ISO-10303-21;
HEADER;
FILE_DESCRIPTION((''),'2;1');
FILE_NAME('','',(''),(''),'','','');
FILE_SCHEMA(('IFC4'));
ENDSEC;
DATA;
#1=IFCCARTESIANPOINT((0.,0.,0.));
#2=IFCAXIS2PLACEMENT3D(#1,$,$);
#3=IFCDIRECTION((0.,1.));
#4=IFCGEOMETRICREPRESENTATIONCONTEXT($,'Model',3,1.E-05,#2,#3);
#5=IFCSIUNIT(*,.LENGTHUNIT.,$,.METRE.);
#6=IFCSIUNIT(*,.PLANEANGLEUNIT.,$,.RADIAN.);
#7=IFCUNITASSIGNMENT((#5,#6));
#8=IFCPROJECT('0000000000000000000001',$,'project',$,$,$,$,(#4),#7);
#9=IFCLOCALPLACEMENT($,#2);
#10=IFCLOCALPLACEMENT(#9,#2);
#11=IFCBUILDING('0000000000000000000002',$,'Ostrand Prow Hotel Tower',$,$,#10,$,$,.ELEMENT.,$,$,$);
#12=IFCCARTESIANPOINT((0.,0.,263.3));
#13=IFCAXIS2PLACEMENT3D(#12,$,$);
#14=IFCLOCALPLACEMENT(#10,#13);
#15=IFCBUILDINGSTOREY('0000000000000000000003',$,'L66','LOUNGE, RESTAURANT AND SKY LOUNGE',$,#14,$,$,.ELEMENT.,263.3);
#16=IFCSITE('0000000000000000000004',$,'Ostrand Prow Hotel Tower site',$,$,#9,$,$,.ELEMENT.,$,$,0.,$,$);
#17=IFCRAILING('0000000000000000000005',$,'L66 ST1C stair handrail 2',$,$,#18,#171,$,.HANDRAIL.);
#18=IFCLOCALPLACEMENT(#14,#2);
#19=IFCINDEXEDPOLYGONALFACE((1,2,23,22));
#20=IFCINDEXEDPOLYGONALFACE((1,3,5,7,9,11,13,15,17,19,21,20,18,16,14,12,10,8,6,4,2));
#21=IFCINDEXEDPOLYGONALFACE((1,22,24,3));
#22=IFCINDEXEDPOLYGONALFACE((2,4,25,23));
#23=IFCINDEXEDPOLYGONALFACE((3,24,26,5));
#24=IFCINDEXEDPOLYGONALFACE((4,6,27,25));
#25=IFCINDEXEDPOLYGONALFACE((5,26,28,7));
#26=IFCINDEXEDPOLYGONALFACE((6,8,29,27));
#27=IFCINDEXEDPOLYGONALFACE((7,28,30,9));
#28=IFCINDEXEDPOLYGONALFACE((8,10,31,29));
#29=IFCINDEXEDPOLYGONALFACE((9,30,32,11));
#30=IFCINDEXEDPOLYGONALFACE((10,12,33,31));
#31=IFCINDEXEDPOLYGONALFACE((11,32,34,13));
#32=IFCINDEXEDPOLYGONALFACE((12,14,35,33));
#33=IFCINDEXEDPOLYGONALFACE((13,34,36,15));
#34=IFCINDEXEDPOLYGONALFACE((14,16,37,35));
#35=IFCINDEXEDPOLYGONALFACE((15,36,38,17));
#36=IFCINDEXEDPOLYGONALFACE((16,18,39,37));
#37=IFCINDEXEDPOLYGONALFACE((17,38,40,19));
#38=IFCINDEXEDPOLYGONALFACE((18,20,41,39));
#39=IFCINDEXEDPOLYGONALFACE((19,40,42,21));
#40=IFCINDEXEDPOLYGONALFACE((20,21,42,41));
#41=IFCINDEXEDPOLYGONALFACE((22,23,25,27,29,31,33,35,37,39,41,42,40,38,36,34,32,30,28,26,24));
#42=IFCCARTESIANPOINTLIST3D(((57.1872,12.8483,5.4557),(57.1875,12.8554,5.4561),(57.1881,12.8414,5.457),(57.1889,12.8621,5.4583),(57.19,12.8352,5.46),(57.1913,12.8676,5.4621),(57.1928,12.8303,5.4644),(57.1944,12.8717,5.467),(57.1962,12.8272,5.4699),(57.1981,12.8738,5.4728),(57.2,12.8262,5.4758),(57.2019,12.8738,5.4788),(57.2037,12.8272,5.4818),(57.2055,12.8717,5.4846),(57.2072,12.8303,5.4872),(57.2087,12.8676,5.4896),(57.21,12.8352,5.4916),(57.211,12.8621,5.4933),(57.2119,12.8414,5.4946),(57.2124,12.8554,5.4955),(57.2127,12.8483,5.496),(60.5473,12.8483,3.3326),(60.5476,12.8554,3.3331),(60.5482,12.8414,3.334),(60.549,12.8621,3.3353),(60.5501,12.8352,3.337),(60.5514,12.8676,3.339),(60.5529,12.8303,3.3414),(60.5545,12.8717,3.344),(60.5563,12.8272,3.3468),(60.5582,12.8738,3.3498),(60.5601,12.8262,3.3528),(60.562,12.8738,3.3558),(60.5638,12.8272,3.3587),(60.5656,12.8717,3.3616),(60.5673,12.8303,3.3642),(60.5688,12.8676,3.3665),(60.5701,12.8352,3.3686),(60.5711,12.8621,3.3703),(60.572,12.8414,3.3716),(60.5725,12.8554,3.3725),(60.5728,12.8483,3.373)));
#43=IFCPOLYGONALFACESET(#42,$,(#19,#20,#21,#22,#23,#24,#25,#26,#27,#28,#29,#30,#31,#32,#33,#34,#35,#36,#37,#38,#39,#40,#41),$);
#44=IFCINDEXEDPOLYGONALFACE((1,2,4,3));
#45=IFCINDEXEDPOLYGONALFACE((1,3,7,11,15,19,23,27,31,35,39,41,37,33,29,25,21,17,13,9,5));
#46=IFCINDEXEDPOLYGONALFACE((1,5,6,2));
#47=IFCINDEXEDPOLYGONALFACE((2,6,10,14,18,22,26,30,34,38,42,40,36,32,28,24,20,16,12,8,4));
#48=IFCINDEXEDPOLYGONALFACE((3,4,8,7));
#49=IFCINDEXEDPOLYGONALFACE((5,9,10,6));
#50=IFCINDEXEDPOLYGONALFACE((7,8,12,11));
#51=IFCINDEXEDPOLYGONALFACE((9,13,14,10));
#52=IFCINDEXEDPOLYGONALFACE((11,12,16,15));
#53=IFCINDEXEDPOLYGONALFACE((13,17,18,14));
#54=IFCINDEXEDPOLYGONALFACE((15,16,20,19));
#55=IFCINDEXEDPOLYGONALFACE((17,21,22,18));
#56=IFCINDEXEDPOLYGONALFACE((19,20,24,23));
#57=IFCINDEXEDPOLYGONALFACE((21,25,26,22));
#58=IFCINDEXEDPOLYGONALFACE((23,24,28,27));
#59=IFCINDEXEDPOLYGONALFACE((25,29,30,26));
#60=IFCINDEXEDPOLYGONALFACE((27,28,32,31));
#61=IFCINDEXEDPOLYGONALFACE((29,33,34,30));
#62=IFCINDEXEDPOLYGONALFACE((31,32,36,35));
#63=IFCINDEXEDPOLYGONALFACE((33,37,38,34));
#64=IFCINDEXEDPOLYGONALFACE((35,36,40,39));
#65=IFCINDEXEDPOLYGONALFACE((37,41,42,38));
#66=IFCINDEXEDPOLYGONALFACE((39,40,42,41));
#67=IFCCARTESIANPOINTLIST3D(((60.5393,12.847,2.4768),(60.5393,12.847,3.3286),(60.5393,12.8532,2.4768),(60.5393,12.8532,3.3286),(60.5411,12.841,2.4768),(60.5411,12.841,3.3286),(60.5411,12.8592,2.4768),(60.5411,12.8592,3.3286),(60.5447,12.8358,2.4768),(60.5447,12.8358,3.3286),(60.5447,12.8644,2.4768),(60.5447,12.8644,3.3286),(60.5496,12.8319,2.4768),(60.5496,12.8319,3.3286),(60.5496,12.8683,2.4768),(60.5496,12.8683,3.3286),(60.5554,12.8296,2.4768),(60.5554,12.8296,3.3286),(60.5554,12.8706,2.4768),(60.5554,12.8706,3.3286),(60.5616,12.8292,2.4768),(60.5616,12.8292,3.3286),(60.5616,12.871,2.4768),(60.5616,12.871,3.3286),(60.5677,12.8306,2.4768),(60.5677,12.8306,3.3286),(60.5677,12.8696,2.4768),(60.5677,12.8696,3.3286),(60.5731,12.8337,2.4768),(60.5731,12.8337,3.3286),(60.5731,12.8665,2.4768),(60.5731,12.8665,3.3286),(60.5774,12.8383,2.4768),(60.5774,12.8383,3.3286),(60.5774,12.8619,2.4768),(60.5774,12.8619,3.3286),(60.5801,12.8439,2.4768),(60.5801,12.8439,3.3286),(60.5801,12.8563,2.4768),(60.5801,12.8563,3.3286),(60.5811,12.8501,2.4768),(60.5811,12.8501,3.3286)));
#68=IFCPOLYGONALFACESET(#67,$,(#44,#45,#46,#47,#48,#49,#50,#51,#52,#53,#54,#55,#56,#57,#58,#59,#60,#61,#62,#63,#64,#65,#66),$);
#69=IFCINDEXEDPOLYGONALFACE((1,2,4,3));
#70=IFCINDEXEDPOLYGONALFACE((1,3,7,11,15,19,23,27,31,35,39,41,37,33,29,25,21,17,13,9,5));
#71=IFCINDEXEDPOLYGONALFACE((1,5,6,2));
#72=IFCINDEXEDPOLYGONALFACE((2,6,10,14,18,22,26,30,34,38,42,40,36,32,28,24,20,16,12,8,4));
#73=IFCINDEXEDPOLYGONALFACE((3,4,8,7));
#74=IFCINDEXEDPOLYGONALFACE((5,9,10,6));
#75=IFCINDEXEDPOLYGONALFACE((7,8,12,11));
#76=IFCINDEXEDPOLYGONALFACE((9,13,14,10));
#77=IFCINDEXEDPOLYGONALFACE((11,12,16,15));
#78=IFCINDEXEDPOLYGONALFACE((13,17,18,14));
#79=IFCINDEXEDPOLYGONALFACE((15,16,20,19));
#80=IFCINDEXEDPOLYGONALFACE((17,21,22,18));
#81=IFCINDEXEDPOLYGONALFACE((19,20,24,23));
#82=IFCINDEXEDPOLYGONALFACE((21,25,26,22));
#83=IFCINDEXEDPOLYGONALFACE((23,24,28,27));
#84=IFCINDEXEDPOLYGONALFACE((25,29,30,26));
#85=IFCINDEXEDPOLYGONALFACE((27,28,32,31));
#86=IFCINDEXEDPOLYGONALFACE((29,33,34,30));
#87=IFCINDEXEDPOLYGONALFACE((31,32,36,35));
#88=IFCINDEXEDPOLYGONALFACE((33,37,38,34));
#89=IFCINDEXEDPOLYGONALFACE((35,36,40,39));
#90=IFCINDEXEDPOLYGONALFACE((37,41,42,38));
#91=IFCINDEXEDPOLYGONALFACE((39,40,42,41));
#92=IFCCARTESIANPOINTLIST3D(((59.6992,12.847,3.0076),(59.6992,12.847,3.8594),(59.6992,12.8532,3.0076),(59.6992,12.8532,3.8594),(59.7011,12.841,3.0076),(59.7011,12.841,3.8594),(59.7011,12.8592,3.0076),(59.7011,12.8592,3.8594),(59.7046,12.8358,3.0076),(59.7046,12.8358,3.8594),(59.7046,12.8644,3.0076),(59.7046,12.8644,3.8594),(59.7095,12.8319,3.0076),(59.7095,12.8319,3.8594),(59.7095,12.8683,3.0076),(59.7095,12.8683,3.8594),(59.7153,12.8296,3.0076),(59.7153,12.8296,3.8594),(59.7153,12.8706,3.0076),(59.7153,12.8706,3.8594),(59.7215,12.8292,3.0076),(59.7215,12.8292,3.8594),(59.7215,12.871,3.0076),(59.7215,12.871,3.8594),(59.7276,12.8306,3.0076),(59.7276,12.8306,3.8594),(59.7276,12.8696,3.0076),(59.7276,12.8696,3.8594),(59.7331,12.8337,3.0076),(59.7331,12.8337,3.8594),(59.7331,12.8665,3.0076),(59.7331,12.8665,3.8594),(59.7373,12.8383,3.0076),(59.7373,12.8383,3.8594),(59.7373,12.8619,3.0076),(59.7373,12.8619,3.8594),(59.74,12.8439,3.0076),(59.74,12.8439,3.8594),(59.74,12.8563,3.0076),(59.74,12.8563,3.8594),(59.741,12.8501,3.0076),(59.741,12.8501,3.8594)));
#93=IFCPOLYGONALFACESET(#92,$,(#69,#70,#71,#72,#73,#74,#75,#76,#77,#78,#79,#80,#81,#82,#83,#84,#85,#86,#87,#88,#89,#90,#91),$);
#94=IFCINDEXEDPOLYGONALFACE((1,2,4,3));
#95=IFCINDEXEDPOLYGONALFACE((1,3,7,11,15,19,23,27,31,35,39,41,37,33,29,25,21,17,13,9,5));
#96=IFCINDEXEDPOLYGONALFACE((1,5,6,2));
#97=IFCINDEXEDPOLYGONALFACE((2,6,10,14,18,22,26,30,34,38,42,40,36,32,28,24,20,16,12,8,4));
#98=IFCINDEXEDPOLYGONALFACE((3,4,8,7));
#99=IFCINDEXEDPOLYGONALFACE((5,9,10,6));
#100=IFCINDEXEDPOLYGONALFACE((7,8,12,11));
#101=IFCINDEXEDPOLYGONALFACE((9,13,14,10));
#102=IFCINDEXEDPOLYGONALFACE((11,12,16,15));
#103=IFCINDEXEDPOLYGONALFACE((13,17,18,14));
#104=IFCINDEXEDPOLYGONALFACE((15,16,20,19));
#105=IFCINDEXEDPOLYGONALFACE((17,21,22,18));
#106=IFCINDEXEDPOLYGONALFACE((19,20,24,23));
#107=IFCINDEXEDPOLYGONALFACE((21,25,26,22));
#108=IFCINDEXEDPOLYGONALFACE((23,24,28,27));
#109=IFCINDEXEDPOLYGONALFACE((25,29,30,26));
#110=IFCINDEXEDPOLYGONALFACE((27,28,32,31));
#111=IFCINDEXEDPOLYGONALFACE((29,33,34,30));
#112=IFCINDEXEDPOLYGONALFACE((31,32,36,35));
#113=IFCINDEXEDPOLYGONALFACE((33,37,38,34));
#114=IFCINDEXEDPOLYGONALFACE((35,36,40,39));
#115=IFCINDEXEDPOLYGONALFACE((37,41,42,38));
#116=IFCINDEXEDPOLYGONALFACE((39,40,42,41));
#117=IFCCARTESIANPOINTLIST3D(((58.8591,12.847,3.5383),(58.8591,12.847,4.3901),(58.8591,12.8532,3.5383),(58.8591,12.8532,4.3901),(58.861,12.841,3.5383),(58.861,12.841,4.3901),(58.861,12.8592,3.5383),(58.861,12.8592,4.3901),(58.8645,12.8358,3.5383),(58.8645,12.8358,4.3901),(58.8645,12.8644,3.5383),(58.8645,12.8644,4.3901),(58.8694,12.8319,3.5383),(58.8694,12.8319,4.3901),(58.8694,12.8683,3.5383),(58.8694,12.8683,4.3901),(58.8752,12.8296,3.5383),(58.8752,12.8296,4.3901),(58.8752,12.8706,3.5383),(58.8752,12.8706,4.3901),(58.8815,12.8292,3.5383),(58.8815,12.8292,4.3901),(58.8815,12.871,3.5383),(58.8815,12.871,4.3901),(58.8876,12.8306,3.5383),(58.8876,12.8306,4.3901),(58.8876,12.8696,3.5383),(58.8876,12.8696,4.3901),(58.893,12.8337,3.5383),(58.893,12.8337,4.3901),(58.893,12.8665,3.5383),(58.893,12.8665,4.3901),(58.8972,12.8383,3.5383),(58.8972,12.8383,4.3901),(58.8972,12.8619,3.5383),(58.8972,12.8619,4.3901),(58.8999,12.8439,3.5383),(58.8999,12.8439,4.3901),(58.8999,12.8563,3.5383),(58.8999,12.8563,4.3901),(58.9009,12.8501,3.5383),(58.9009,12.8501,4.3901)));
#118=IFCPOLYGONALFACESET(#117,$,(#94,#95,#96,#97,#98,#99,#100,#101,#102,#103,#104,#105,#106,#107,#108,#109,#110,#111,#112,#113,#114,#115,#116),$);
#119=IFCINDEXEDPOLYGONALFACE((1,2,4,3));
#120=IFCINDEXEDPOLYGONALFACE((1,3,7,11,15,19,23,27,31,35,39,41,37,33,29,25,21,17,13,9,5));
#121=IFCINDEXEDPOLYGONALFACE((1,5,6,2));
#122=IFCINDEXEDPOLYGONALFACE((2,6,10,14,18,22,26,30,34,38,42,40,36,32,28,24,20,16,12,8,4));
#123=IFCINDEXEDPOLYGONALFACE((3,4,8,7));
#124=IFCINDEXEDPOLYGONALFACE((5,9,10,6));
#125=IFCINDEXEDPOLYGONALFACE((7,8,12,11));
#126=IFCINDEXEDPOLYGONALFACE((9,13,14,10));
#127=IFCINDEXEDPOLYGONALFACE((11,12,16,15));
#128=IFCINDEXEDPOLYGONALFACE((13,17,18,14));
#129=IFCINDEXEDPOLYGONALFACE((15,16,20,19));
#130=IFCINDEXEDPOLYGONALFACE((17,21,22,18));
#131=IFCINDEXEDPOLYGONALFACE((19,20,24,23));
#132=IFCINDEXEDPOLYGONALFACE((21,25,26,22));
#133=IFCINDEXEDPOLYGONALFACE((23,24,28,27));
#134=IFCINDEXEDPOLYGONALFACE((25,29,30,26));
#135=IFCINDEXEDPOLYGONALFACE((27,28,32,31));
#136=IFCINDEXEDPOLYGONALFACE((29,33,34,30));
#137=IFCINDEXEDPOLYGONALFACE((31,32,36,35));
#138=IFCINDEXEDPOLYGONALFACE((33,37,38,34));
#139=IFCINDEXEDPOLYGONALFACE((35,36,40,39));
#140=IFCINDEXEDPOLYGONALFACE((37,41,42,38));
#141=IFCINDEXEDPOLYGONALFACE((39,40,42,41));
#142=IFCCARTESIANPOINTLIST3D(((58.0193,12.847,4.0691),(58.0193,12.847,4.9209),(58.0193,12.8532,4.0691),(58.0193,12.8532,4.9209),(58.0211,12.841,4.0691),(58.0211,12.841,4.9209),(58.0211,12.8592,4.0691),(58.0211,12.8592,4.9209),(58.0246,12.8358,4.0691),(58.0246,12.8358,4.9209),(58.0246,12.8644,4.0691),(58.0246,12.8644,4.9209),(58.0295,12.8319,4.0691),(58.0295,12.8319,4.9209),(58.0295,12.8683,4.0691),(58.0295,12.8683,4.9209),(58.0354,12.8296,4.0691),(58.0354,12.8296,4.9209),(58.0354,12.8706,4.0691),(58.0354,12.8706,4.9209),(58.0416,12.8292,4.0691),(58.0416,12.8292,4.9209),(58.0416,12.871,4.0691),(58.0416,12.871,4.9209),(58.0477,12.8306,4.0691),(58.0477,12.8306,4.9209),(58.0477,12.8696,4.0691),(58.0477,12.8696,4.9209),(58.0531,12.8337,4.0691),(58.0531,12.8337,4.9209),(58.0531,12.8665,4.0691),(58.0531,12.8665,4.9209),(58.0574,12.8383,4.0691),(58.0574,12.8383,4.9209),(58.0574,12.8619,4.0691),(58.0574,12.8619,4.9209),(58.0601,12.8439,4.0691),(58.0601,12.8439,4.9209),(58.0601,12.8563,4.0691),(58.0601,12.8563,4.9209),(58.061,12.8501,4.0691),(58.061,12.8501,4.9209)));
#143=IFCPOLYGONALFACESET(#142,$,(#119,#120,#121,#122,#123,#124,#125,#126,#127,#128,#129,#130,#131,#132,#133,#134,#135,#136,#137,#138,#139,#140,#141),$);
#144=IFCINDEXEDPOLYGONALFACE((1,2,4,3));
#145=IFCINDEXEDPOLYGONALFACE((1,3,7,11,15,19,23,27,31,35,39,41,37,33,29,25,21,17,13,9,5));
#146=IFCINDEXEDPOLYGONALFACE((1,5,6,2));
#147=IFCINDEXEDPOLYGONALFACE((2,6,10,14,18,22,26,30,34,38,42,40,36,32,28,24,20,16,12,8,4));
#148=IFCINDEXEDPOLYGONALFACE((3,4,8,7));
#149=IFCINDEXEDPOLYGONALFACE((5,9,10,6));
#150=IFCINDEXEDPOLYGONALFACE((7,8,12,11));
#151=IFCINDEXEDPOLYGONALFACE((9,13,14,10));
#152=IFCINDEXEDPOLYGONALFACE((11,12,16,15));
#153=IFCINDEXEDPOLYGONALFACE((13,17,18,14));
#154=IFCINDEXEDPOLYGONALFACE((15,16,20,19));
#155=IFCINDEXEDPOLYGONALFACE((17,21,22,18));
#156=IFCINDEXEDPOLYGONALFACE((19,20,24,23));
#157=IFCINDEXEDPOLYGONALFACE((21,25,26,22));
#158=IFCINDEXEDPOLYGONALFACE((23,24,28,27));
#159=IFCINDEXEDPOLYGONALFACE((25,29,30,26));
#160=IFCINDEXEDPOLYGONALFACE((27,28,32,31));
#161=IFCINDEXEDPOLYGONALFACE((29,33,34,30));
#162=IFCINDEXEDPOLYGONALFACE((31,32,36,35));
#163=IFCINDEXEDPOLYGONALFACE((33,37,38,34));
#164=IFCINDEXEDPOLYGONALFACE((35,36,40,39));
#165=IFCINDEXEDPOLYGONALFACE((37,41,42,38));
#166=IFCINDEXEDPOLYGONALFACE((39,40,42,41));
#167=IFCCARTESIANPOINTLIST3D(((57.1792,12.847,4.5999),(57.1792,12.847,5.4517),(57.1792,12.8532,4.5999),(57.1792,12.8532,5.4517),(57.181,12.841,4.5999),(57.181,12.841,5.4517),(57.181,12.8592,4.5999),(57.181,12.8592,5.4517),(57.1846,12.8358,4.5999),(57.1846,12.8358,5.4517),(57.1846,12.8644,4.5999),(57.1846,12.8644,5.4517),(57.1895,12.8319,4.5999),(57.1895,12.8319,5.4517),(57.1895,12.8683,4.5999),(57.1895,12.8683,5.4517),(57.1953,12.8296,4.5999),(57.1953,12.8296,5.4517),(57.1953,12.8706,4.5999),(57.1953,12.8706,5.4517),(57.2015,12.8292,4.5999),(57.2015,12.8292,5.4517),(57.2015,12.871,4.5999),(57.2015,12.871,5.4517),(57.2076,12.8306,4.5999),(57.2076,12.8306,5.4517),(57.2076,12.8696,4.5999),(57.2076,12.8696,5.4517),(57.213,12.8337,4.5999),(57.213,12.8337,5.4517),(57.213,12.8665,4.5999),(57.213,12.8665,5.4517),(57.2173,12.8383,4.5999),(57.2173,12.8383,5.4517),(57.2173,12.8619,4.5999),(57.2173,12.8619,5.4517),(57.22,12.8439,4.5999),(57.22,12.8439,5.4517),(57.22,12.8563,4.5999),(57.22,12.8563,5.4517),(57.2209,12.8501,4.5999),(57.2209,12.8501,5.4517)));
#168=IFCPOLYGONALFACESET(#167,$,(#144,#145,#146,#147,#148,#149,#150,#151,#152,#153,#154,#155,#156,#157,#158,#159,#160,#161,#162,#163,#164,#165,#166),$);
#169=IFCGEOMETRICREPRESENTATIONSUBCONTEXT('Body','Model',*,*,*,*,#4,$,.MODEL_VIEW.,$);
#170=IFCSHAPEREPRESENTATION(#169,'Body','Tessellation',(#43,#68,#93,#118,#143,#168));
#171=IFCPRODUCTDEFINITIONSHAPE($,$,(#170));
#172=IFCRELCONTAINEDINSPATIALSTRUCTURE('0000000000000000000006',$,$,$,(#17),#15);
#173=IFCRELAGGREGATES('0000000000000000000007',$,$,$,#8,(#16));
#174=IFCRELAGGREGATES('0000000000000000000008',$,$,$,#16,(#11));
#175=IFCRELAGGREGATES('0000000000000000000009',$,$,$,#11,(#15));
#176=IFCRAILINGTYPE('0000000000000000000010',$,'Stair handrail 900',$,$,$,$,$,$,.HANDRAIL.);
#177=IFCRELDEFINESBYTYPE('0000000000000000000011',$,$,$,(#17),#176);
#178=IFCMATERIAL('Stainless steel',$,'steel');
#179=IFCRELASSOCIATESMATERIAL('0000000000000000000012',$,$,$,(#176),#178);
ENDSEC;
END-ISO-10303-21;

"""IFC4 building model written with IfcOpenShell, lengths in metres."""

from ifc_helpers import new_model, si_unit, direction, frame, origin, origin_2d, place, context, subcontext, project, spatial, circle, extrude, material, type_object, element, save


model = new_model("IFC4")

# Units and contexts
model_context = context("Model", 3, precision=1e-05, world=origin(), true_north=direction((0.0, 1.0)))
body_context = subcontext(model_context, "Body", "Model", "MODEL_VIEW")
ifc_project = project(units=[si_unit("LENGTHUNIT", "METRE"), si_unit("PLANEANGLEUNIT", "RADIAN")], contexts=[model_context])

# Site, building, storey
site_placement = place(None, origin())
site = spatial("IfcSite", under=ifc_project, at=site_placement, Name="Ostrand Prow Hotel Tower site", CompositionType="ELEMENT", RefElevation=0.0)
building_placement = place(site_placement, origin())
building = spatial("IfcBuilding", under=site, at=building_placement, Name="Ostrand Prow Hotel Tower", CompositionType="ELEMENT")
storey_placement = place(building_placement, frame((0.0, 0.0, 263.3)))
storey = spatial("IfcBuildingStorey", under=building, at=storey_placement, Name="L66", Description="LOUNGE, RESTAURANT AND SKY LOUNGE", CompositionType="ELEMENT", Elevation=263.3)

# Railing
ifc_material_1 = material(Name="Stainless steel", Category="steel")
railing_type_1 = type_object("IfcRailingType", Name="Stair handrail 900", PredefinedType="HANDRAIL", material=ifc_material_1)
railing_1_placement = place(storey_placement, frame((60.5601, 12.8501, 2.4768)))
element("IfcRailing", 1, at=railing_1_placement, inside=storey, type_object=railing_type_1, Name="L66 ST1C stair handrail 2", PredefinedType="HANDRAIL", context=body_context, shape_type="SweptSolid", body=[
    extrude(circle(Radius=0.0239, at=origin_2d()), frame((0.0, 0.0, 0.876), z_axis=(-0.84539, 0.0, 0.53415), x_axis=(0.0, -1.0, 0.0)), (0.0, 0.0, 1.0), 3.9746),
    extrude(circle(Radius=0.021, at=origin_2d()), origin(), (0.0, 0.0, 1.0), 0.8518),
    extrude(circle(Radius=0.021, at=origin_2d()), frame((-0.8401, 0.0, 0.5308)), (0.0, 0.0, 1.0), 0.8518),
    extrude(circle(Radius=0.021, at=origin_2d()), frame((-1.6802, 0.0, 1.0615)), (0.0, 0.0, 1.0), 0.8518),
    extrude(circle(Radius=0.021, at=origin_2d()), frame((-2.52, 0.0, 1.5923)), (0.0, 0.0, 1.0), 0.8518),
    extrude(circle(Radius=0.021, at=origin_2d()), frame((-3.3601, 0.0, 2.123)), (0.0, 0.0, 1.0), 0.8518),
])

save(model, "model.ifc")
